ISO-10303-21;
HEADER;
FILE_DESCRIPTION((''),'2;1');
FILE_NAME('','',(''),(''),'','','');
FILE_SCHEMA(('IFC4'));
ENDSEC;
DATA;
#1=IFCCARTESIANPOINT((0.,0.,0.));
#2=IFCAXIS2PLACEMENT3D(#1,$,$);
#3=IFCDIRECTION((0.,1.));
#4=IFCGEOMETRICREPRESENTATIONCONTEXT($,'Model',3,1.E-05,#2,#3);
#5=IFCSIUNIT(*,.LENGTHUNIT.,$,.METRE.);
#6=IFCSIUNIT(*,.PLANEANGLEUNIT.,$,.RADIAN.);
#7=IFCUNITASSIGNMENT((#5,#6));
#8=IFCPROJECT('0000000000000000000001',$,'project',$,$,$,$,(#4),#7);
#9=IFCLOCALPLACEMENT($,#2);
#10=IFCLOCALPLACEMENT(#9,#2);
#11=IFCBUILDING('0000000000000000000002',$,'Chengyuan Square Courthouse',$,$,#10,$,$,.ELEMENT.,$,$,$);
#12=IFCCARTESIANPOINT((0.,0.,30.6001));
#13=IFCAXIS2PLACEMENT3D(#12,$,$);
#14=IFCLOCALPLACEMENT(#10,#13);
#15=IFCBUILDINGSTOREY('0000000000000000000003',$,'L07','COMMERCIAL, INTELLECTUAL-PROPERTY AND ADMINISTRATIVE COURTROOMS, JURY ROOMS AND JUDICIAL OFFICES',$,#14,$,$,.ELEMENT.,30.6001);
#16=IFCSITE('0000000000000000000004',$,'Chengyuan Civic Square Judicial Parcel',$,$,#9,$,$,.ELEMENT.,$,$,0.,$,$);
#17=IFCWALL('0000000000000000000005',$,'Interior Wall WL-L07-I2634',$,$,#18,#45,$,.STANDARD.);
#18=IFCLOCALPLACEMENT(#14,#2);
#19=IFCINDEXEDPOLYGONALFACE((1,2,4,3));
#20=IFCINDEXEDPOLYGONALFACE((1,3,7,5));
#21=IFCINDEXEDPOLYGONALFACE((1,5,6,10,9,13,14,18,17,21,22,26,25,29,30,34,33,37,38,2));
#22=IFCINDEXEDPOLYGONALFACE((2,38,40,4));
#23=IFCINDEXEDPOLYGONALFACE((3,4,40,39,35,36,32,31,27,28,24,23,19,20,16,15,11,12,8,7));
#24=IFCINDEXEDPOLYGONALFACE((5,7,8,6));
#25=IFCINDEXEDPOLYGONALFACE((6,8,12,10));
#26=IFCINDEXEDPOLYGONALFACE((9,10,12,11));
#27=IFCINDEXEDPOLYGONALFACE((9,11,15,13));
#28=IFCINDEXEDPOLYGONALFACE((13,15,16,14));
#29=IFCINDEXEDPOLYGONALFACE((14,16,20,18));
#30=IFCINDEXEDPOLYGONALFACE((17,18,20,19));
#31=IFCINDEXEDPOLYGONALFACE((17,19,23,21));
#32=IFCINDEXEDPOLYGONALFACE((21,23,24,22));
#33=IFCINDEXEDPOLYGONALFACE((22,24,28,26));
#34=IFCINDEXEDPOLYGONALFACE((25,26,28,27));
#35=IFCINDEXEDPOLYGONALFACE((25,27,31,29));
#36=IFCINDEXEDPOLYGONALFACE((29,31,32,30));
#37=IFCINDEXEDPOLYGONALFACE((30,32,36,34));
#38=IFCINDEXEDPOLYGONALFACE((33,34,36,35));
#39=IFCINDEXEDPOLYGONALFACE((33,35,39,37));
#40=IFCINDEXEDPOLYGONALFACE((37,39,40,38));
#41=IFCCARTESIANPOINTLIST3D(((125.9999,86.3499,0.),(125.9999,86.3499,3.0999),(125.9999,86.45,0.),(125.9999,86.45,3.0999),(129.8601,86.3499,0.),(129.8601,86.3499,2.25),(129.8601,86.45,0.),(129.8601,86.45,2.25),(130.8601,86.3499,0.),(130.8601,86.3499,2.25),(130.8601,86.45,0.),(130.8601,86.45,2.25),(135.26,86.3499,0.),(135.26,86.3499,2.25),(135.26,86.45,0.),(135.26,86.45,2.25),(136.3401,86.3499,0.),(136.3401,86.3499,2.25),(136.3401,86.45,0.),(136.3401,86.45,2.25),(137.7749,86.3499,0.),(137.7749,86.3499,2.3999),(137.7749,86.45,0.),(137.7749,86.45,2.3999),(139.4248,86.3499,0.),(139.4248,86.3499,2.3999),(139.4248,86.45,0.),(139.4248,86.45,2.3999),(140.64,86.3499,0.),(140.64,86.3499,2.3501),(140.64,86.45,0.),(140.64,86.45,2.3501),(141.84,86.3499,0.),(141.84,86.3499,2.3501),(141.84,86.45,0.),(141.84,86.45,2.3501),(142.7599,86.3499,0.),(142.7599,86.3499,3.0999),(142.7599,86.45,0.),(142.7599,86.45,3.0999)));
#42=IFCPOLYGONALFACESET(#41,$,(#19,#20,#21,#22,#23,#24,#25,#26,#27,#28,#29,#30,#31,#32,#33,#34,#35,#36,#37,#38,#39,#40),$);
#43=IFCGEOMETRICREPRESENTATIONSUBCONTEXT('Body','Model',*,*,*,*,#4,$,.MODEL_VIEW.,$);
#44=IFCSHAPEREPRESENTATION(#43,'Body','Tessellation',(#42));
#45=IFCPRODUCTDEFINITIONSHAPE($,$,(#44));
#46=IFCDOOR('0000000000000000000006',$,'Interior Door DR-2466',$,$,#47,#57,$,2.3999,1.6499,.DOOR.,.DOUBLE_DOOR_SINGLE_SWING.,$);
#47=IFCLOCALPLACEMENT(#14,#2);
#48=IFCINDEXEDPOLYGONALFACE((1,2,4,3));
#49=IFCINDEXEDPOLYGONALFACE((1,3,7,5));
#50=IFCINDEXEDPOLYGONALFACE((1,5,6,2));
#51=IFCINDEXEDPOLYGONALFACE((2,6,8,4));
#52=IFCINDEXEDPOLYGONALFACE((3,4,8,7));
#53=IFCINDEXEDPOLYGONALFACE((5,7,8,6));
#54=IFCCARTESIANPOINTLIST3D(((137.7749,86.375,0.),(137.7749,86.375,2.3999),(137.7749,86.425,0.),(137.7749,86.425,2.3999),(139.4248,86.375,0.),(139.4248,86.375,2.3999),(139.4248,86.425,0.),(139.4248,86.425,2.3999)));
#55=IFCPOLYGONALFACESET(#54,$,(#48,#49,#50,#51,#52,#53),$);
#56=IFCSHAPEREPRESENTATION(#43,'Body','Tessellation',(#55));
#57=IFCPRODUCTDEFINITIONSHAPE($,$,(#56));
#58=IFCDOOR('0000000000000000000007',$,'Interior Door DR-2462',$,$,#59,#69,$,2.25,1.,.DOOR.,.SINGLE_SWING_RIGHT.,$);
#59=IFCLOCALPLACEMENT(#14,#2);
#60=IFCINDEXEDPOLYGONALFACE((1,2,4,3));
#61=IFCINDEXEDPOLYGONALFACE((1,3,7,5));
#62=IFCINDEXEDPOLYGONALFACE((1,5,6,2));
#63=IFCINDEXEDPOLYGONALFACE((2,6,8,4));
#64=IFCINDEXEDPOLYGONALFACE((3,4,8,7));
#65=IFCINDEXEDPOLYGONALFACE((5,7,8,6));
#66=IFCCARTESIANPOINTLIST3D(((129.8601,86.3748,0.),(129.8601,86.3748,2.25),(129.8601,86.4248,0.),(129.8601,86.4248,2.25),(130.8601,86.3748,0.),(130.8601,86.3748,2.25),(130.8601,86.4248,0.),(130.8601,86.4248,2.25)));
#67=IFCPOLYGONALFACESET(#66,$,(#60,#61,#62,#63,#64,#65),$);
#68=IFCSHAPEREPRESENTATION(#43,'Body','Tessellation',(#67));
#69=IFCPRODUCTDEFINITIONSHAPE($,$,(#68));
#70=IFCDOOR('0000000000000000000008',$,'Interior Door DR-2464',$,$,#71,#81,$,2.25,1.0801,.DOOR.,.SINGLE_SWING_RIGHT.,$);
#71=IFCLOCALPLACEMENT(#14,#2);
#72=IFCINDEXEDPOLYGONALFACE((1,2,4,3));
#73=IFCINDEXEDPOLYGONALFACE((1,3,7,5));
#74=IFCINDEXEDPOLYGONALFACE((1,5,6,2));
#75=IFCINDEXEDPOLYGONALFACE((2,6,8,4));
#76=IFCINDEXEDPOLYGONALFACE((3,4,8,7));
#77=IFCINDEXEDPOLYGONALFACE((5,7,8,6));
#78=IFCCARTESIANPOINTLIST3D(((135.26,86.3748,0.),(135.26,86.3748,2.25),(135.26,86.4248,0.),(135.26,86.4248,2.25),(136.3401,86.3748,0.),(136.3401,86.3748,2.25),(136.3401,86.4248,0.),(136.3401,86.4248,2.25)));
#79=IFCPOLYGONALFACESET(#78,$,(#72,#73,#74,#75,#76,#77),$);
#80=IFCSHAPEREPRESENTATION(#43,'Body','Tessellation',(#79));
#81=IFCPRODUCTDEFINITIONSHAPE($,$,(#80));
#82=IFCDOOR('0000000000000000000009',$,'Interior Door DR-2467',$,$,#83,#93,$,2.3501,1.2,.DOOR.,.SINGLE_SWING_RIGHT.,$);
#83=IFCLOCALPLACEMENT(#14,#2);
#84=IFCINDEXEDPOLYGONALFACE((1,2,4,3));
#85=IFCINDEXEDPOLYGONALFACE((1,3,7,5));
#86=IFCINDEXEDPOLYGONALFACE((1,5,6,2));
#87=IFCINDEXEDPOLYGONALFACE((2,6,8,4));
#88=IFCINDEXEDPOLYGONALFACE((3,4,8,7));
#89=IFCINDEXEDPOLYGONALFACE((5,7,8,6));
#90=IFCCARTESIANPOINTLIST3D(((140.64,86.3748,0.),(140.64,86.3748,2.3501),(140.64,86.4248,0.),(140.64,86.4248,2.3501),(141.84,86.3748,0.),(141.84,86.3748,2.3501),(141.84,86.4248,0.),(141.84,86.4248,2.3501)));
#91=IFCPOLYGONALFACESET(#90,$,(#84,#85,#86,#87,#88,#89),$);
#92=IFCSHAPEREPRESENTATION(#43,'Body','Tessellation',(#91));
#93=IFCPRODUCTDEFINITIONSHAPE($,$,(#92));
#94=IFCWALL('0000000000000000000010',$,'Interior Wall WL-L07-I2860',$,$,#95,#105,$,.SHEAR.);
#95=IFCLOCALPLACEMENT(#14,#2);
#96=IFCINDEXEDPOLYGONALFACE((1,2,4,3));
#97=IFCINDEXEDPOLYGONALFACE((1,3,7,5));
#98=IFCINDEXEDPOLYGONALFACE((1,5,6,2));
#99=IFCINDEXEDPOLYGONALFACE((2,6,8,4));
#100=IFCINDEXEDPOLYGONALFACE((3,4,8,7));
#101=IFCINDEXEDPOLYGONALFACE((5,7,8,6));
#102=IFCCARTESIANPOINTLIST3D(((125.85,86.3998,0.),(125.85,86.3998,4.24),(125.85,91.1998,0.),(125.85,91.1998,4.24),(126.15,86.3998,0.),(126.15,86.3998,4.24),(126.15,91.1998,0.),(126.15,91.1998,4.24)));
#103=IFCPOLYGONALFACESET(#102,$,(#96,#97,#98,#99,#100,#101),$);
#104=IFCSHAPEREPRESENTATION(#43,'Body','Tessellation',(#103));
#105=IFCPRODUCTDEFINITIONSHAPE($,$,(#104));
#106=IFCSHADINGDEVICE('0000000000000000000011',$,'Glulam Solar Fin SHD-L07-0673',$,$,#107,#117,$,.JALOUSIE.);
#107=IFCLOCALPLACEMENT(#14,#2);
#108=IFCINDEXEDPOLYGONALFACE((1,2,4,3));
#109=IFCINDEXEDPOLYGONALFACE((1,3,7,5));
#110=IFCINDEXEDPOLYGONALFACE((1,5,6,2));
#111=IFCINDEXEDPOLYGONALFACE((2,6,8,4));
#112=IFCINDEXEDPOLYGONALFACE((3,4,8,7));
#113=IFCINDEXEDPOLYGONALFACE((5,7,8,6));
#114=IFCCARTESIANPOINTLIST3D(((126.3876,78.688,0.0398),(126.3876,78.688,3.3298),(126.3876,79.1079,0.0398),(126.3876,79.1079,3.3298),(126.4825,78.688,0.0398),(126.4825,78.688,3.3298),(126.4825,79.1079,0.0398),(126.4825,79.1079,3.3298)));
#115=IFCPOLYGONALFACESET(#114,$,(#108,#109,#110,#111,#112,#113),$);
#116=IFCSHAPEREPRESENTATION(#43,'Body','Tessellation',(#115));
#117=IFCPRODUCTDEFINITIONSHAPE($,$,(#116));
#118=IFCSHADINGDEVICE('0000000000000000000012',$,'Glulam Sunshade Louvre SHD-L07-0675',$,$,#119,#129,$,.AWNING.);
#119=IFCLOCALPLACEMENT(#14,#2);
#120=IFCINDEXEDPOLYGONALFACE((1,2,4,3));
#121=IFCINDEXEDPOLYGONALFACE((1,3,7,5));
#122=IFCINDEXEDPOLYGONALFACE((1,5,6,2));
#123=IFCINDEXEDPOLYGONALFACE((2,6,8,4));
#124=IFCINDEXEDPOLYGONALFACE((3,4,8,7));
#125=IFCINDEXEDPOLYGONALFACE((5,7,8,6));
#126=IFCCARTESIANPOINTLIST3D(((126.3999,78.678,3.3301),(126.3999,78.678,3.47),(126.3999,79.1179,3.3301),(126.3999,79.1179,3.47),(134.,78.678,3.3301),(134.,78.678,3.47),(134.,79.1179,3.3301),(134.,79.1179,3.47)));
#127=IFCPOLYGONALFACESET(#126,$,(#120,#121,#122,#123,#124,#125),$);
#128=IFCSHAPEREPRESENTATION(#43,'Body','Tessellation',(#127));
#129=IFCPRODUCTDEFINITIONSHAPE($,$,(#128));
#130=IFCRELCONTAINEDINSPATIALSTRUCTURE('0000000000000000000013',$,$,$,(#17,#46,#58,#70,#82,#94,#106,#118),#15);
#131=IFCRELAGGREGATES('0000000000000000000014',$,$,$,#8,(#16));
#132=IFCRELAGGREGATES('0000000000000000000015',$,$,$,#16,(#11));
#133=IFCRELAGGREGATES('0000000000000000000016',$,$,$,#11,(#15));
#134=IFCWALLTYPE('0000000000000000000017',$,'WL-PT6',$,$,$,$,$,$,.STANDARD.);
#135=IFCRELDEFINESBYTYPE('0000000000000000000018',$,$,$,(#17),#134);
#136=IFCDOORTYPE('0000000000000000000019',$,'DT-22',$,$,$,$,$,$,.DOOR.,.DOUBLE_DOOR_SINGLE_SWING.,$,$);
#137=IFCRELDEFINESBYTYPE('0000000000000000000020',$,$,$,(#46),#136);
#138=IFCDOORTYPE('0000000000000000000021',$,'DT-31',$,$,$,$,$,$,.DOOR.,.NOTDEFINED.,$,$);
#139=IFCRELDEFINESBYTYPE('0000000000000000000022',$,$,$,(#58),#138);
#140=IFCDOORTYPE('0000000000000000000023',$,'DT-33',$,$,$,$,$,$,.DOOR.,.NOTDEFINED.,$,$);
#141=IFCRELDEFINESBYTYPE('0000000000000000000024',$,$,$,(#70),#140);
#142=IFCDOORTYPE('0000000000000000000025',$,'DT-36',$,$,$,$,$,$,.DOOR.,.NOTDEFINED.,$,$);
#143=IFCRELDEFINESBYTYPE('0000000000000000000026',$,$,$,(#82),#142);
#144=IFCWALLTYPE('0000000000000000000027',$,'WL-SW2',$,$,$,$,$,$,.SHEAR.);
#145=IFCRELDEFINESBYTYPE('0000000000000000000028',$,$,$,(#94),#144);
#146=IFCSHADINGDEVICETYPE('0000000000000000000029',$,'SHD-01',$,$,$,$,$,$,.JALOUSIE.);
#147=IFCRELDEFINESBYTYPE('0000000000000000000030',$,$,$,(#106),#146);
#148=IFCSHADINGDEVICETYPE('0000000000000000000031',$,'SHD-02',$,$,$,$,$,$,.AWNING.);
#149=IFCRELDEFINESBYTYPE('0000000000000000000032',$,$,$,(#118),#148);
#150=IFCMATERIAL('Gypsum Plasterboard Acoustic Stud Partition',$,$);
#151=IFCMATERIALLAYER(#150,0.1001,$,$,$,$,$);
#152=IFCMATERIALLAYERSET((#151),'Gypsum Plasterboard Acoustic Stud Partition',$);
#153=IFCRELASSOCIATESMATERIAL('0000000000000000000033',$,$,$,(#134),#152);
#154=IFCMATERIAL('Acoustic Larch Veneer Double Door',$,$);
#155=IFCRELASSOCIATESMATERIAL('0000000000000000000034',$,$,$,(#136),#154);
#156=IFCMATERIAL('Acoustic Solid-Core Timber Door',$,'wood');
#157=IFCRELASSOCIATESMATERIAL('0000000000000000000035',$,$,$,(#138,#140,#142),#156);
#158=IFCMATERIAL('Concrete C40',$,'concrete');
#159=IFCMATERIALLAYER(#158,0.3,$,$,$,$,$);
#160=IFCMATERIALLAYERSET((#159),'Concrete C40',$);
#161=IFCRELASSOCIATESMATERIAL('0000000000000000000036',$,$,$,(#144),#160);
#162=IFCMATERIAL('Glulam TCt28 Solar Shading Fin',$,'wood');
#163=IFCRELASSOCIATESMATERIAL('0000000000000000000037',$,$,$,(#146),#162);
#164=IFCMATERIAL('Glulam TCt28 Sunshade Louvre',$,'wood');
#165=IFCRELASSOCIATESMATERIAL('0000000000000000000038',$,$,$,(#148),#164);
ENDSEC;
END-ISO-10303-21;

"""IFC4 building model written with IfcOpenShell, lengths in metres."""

from ifc_helpers import new_model, si_unit, direction, frame, frame_2d, origin, origin_2d, place, context, subcontext, project, spatial, rectangle, extrude, material, layer, layer_set, type_object, element, fill, save


model = new_model("IFC4")

# Units and contexts
model_context = context("Model", 3, precision=1e-05, world=origin(), true_north=direction((0.0, 1.0)))
body_context = subcontext(model_context, "Body", "Model", "MODEL_VIEW")
ifc_project = project(units=[si_unit("LENGTHUNIT", "METRE"), si_unit("PLANEANGLEUNIT", "RADIAN")], contexts=[model_context])

# Site, building, storey
site_placement = place(None, origin())
site = spatial("IfcSite", under=ifc_project, at=site_placement, Name="Chengyuan Civic Square Judicial Parcel", CompositionType="ELEMENT", RefElevation=0.0)
building_placement = place(site_placement, origin())
building = spatial("IfcBuilding", under=site, at=building_placement, Name="Chengyuan Square Courthouse", CompositionType="ELEMENT")
storey_placement = place(building_placement, frame((0.0, 0.0, 30.6001)))
storey = spatial("IfcBuildingStorey", under=building, at=storey_placement, Name="L07", Description="COMMERCIAL, INTELLECTUAL-PROPERTY AND ADMINISTRATIVE COURTROOMS, JURY ROOMS AND JUDICIAL OFFICES", CompositionType="ELEMENT", Elevation=30.6001)

# Shared definitions
ifc_material_1 = material(Name="Concrete C40", Category="concrete")

# Wall, openings, doors
ifc_material_2 = material(Name="Gypsum Plasterboard Acoustic Stud Partition")
ifc_layer_1 = layer(ifc_material_2, 0.1001)
ifc_layer_set_1 = layer_set([ifc_layer_1], Name="Gypsum Plasterboard Acoustic Stud Partition")
wall_type_1 = type_object("IfcWallType", Name="WL-PT6", PredefinedType="STANDARD", material=ifc_layer_set_1)
wall_1_placement = place(storey_placement, frame((126.0, 86.3999, 0.0), z_axis=(0.0, 0.0, 1.0), x_axis=(1.0, 0.0, 0.0)))
wall_1 = element("IfcWall", 1, at=wall_1_placement, inside=storey, type_object=wall_type_1, Name="Interior Wall WL-L07-I2634", PredefinedType="STANDARD", context=body_context, shape_type="SweptSolid", body=[
    extrude(rectangle(XDim=16.76, YDim=0.1001, at=frame_2d((8.3799, 0.0))), origin(), (0.0, 0.0, 1.0), 3.0999),
])
opening_1_placement = place(wall_1_placement, frame((3.8601, 0.0, 0.0)))
opening_1 = element("IfcOpeningElement", 2, at=opening_1_placement, cuts=wall_1, PredefinedType="OPENING", context=body_context, shape_type="SweptSolid", body=[
    extrude(rectangle(XDim=1.0, YDim=2.25, at=frame_2d((0.5, 1.125))), frame((0.0, 0.062, 0.0), z_axis=(0.0, -1.0, 0.0), x_axis=(1.0, 0.0, 0.0)), (0.0, 0.0, 1.0), 0.124),
])
opening_2_placement = place(wall_1_placement, frame((9.26, 0.0, 0.0)))
opening_2 = element("IfcOpeningElement", 3, at=opening_2_placement, cuts=wall_1, PredefinedType="OPENING", context=body_context, shape_type="SweptSolid", body=[
    extrude(rectangle(XDim=1.0801, YDim=2.25, at=frame_2d((0.54, 1.125))), frame((0.0, 0.062, 0.0), z_axis=(0.0, -1.0, 0.0), x_axis=(1.0, 0.0, 0.0)), (0.0, 0.0, 1.0), 0.124),
])
opening_3_placement = place(wall_1_placement, frame((11.7749, 0.0, 0.0)))
opening_3 = element("IfcOpeningElement", 4, at=opening_3_placement, cuts=wall_1, PredefinedType="OPENING", context=body_context, shape_type="SweptSolid", body=[
    extrude(rectangle(XDim=1.6499, YDim=2.3999, at=frame_2d((0.825, 1.2))), frame((0.0, 0.062, 0.0), z_axis=(0.0, -1.0, 0.0), x_axis=(1.0, 0.0, 0.0)), (0.0, 0.0, 1.0), 0.124),
])
opening_4_placement = place(wall_1_placement, frame((14.6399, 0.0, 0.0)))
opening_4 = element("IfcOpeningElement", 5, at=opening_4_placement, cuts=wall_1, PredefinedType="OPENING", context=body_context, shape_type="SweptSolid", body=[
    extrude(rectangle(XDim=1.2, YDim=2.3501, at=frame_2d((0.6001, 1.175))), frame((0.0, 0.062, 0.0), z_axis=(0.0, -1.0, 0.0), x_axis=(1.0, 0.0, 0.0)), (0.0, 0.0, 1.0), 0.124),
])
ifc_material_3 = material(Name="Acoustic Larch Veneer Double Door")
door_type_1 = type_object("IfcDoorType", Name="DT-22", OperationType="DOUBLE_DOOR_SINGLE_SWING", PredefinedType="DOOR", material=ifc_material_3)
door_1_placement = place(opening_3_placement, frame((1.6499, 0.0, 0.0), z_axis=(0.0, 0.0, 1.0), x_axis=(-1.0, 0.0, 0.0)))
door_1 = element("IfcDoor", 6, at=door_1_placement, inside=storey, type_object=door_type_1, Name="Interior Door DR-2466", OperationType="DOUBLE_DOOR_SINGLE_SWING", OverallHeight=2.3999, OverallWidth=1.6499, PredefinedType="DOOR", context=body_context, shape_type="SweptSolid", body=[
    extrude(rectangle(XDim=1.6499, YDim=2.3999, at=frame_2d((0.825, 1.2))), frame((0.0, 0.0249, 0.0), z_axis=(0.0, -1.0, 0.0), x_axis=(1.0, 0.0, 0.0)), (0.0, 0.0, 1.0), 0.05),
])
fill(opening_3, door_1)
ifc_material_4 = material(Name="Acoustic Solid-Core Timber Door", Category="wood")
door_type_2 = type_object("IfcDoorType", Name="DT-31", OperationType="NOTDEFINED", PredefinedType="DOOR", material=ifc_material_4)
door_2_placement = place(opening_1_placement, origin())
door_2 = element("IfcDoor", 7, at=door_2_placement, inside=storey, type_object=door_type_2, Name="Interior Door DR-2462", OperationType="SINGLE_SWING_RIGHT", OverallHeight=2.25, OverallWidth=1.0, PredefinedType="DOOR", context=body_context, shape_type="SweptSolid", body=[
    extrude(rectangle(XDim=1.0, YDim=2.25, at=frame_2d((0.5, 1.125))), frame((0.0, 0.0249, 0.0), z_axis=(0.0, -1.0, 0.0), x_axis=(1.0, 0.0, 0.0)), (0.0, 0.0, 1.0), 0.05),
])
fill(opening_1, door_2)
door_type_3 = type_object("IfcDoorType", Name="DT-33", OperationType="NOTDEFINED", PredefinedType="DOOR", material=ifc_material_4)
door_3_placement = place(opening_2_placement, origin())
door_3 = element("IfcDoor", 8, at=door_3_placement, inside=storey, type_object=door_type_3, Name="Interior Door DR-2464", OperationType="SINGLE_SWING_RIGHT", OverallHeight=2.25, OverallWidth=1.0801, PredefinedType="DOOR", context=body_context, shape_type="SweptSolid", body=[
    extrude(rectangle(XDim=1.0801, YDim=2.25, at=frame_2d((0.54, 1.125))), frame((0.0, 0.0249, 0.0), z_axis=(0.0, -1.0, 0.0), x_axis=(1.0, 0.0, 0.0)), (0.0, 0.0, 1.0), 0.05),
])
fill(opening_2, door_3)
door_type_4 = type_object("IfcDoorType", Name="DT-36", OperationType="NOTDEFINED", PredefinedType="DOOR", material=ifc_material_4)
door_4_placement = place(opening_4_placement, origin())
door_4 = element("IfcDoor", 9, at=door_4_placement, inside=storey, type_object=door_type_4, Name="Interior Door DR-2467", OperationType="SINGLE_SWING_RIGHT", OverallHeight=2.3501, OverallWidth=1.2, PredefinedType="DOOR", context=body_context, shape_type="SweptSolid", body=[
    extrude(rectangle(XDim=1.2, YDim=2.3501, at=frame_2d((0.6001, 1.175))), frame((0.0, 0.0249, 0.0), z_axis=(0.0, -1.0, 0.0), x_axis=(1.0, 0.0, 0.0)), (0.0, 0.0, 1.0), 0.05),
])
fill(opening_4, door_4)

# Wall
ifc_layer_2 = layer(ifc_material_1, 0.3)
ifc_layer_set_2 = layer_set([ifc_layer_2], Name="Concrete C40")
wall_type_2 = type_object("IfcWallType", Name="WL-SW2", PredefinedType="SHEAR", material=ifc_layer_set_2)
wall_2_placement = place(storey_placement, frame((126.0, 86.3999, 0.0), z_axis=(0.0, 0.0, 1.0), x_axis=(0.0, 1.0, 0.0)))
element("IfcWall", 10, at=wall_2_placement, inside=storey, type_object=wall_type_2, Name="Interior Wall WL-L07-I2860", PredefinedType="SHEAR", context=body_context, shape_type="SweptSolid", body=[
    extrude(rectangle(XDim=4.8, YDim=0.3, at=frame_2d((2.3999, 0.0))), origin(), (0.0, 0.0, 1.0), 4.24),
])

# Shading devices
ifc_material_5 = material(Name="Glulam TCt28 Solar Shading Fin", Category="wood")
shading_device_type_1 = type_object("IfcShadingDeviceType", Name="SHD-01", PredefinedType="JALOUSIE", material=ifc_material_5)
shading_device_1_placement = place(storey_placement, frame((126.4351, 78.8979, 0.0398), z_axis=(0.0, 0.0, 1.0), x_axis=(0.0, 1.0, 0.0)))
element("IfcShadingDevice", 11, at=shading_device_1_placement, inside=storey, type_object=shading_device_type_1, Name="Glulam Solar Fin SHD-L07-0673", PredefinedType="JALOUSIE", context=body_context, shape_type="SweptSolid", body=[
    extrude(rectangle(XDim=0.4199, YDim=0.095, at=origin_2d()), origin(), (0.0, 0.0, 1.0), 3.29),
])
ifc_material_6 = material(Name="Glulam TCt28 Sunshade Louvre", Category="wood")
shading_device_type_2 = type_object("IfcShadingDeviceType", Name="SHD-02", PredefinedType="AWNING", material=ifc_material_6)
shading_device_2_placement = place(storey_placement, frame((130.2, 78.8979, 3.3301), z_axis=(0.0, 0.0, 1.0), x_axis=(1.0, 0.0, 0.0)))
element("IfcShadingDevice", 12, at=shading_device_2_placement, inside=storey, type_object=shading_device_type_2, Name="Glulam Sunshade Louvre SHD-L07-0675", PredefinedType="AWNING", context=body_context, shape_type="SweptSolid", body=[
    extrude(rectangle(XDim=7.6001, YDim=0.4399, at=origin_2d()), origin(), (0.0, 0.0, 1.0), 0.1399),
])

save(model, "model.ifc")
